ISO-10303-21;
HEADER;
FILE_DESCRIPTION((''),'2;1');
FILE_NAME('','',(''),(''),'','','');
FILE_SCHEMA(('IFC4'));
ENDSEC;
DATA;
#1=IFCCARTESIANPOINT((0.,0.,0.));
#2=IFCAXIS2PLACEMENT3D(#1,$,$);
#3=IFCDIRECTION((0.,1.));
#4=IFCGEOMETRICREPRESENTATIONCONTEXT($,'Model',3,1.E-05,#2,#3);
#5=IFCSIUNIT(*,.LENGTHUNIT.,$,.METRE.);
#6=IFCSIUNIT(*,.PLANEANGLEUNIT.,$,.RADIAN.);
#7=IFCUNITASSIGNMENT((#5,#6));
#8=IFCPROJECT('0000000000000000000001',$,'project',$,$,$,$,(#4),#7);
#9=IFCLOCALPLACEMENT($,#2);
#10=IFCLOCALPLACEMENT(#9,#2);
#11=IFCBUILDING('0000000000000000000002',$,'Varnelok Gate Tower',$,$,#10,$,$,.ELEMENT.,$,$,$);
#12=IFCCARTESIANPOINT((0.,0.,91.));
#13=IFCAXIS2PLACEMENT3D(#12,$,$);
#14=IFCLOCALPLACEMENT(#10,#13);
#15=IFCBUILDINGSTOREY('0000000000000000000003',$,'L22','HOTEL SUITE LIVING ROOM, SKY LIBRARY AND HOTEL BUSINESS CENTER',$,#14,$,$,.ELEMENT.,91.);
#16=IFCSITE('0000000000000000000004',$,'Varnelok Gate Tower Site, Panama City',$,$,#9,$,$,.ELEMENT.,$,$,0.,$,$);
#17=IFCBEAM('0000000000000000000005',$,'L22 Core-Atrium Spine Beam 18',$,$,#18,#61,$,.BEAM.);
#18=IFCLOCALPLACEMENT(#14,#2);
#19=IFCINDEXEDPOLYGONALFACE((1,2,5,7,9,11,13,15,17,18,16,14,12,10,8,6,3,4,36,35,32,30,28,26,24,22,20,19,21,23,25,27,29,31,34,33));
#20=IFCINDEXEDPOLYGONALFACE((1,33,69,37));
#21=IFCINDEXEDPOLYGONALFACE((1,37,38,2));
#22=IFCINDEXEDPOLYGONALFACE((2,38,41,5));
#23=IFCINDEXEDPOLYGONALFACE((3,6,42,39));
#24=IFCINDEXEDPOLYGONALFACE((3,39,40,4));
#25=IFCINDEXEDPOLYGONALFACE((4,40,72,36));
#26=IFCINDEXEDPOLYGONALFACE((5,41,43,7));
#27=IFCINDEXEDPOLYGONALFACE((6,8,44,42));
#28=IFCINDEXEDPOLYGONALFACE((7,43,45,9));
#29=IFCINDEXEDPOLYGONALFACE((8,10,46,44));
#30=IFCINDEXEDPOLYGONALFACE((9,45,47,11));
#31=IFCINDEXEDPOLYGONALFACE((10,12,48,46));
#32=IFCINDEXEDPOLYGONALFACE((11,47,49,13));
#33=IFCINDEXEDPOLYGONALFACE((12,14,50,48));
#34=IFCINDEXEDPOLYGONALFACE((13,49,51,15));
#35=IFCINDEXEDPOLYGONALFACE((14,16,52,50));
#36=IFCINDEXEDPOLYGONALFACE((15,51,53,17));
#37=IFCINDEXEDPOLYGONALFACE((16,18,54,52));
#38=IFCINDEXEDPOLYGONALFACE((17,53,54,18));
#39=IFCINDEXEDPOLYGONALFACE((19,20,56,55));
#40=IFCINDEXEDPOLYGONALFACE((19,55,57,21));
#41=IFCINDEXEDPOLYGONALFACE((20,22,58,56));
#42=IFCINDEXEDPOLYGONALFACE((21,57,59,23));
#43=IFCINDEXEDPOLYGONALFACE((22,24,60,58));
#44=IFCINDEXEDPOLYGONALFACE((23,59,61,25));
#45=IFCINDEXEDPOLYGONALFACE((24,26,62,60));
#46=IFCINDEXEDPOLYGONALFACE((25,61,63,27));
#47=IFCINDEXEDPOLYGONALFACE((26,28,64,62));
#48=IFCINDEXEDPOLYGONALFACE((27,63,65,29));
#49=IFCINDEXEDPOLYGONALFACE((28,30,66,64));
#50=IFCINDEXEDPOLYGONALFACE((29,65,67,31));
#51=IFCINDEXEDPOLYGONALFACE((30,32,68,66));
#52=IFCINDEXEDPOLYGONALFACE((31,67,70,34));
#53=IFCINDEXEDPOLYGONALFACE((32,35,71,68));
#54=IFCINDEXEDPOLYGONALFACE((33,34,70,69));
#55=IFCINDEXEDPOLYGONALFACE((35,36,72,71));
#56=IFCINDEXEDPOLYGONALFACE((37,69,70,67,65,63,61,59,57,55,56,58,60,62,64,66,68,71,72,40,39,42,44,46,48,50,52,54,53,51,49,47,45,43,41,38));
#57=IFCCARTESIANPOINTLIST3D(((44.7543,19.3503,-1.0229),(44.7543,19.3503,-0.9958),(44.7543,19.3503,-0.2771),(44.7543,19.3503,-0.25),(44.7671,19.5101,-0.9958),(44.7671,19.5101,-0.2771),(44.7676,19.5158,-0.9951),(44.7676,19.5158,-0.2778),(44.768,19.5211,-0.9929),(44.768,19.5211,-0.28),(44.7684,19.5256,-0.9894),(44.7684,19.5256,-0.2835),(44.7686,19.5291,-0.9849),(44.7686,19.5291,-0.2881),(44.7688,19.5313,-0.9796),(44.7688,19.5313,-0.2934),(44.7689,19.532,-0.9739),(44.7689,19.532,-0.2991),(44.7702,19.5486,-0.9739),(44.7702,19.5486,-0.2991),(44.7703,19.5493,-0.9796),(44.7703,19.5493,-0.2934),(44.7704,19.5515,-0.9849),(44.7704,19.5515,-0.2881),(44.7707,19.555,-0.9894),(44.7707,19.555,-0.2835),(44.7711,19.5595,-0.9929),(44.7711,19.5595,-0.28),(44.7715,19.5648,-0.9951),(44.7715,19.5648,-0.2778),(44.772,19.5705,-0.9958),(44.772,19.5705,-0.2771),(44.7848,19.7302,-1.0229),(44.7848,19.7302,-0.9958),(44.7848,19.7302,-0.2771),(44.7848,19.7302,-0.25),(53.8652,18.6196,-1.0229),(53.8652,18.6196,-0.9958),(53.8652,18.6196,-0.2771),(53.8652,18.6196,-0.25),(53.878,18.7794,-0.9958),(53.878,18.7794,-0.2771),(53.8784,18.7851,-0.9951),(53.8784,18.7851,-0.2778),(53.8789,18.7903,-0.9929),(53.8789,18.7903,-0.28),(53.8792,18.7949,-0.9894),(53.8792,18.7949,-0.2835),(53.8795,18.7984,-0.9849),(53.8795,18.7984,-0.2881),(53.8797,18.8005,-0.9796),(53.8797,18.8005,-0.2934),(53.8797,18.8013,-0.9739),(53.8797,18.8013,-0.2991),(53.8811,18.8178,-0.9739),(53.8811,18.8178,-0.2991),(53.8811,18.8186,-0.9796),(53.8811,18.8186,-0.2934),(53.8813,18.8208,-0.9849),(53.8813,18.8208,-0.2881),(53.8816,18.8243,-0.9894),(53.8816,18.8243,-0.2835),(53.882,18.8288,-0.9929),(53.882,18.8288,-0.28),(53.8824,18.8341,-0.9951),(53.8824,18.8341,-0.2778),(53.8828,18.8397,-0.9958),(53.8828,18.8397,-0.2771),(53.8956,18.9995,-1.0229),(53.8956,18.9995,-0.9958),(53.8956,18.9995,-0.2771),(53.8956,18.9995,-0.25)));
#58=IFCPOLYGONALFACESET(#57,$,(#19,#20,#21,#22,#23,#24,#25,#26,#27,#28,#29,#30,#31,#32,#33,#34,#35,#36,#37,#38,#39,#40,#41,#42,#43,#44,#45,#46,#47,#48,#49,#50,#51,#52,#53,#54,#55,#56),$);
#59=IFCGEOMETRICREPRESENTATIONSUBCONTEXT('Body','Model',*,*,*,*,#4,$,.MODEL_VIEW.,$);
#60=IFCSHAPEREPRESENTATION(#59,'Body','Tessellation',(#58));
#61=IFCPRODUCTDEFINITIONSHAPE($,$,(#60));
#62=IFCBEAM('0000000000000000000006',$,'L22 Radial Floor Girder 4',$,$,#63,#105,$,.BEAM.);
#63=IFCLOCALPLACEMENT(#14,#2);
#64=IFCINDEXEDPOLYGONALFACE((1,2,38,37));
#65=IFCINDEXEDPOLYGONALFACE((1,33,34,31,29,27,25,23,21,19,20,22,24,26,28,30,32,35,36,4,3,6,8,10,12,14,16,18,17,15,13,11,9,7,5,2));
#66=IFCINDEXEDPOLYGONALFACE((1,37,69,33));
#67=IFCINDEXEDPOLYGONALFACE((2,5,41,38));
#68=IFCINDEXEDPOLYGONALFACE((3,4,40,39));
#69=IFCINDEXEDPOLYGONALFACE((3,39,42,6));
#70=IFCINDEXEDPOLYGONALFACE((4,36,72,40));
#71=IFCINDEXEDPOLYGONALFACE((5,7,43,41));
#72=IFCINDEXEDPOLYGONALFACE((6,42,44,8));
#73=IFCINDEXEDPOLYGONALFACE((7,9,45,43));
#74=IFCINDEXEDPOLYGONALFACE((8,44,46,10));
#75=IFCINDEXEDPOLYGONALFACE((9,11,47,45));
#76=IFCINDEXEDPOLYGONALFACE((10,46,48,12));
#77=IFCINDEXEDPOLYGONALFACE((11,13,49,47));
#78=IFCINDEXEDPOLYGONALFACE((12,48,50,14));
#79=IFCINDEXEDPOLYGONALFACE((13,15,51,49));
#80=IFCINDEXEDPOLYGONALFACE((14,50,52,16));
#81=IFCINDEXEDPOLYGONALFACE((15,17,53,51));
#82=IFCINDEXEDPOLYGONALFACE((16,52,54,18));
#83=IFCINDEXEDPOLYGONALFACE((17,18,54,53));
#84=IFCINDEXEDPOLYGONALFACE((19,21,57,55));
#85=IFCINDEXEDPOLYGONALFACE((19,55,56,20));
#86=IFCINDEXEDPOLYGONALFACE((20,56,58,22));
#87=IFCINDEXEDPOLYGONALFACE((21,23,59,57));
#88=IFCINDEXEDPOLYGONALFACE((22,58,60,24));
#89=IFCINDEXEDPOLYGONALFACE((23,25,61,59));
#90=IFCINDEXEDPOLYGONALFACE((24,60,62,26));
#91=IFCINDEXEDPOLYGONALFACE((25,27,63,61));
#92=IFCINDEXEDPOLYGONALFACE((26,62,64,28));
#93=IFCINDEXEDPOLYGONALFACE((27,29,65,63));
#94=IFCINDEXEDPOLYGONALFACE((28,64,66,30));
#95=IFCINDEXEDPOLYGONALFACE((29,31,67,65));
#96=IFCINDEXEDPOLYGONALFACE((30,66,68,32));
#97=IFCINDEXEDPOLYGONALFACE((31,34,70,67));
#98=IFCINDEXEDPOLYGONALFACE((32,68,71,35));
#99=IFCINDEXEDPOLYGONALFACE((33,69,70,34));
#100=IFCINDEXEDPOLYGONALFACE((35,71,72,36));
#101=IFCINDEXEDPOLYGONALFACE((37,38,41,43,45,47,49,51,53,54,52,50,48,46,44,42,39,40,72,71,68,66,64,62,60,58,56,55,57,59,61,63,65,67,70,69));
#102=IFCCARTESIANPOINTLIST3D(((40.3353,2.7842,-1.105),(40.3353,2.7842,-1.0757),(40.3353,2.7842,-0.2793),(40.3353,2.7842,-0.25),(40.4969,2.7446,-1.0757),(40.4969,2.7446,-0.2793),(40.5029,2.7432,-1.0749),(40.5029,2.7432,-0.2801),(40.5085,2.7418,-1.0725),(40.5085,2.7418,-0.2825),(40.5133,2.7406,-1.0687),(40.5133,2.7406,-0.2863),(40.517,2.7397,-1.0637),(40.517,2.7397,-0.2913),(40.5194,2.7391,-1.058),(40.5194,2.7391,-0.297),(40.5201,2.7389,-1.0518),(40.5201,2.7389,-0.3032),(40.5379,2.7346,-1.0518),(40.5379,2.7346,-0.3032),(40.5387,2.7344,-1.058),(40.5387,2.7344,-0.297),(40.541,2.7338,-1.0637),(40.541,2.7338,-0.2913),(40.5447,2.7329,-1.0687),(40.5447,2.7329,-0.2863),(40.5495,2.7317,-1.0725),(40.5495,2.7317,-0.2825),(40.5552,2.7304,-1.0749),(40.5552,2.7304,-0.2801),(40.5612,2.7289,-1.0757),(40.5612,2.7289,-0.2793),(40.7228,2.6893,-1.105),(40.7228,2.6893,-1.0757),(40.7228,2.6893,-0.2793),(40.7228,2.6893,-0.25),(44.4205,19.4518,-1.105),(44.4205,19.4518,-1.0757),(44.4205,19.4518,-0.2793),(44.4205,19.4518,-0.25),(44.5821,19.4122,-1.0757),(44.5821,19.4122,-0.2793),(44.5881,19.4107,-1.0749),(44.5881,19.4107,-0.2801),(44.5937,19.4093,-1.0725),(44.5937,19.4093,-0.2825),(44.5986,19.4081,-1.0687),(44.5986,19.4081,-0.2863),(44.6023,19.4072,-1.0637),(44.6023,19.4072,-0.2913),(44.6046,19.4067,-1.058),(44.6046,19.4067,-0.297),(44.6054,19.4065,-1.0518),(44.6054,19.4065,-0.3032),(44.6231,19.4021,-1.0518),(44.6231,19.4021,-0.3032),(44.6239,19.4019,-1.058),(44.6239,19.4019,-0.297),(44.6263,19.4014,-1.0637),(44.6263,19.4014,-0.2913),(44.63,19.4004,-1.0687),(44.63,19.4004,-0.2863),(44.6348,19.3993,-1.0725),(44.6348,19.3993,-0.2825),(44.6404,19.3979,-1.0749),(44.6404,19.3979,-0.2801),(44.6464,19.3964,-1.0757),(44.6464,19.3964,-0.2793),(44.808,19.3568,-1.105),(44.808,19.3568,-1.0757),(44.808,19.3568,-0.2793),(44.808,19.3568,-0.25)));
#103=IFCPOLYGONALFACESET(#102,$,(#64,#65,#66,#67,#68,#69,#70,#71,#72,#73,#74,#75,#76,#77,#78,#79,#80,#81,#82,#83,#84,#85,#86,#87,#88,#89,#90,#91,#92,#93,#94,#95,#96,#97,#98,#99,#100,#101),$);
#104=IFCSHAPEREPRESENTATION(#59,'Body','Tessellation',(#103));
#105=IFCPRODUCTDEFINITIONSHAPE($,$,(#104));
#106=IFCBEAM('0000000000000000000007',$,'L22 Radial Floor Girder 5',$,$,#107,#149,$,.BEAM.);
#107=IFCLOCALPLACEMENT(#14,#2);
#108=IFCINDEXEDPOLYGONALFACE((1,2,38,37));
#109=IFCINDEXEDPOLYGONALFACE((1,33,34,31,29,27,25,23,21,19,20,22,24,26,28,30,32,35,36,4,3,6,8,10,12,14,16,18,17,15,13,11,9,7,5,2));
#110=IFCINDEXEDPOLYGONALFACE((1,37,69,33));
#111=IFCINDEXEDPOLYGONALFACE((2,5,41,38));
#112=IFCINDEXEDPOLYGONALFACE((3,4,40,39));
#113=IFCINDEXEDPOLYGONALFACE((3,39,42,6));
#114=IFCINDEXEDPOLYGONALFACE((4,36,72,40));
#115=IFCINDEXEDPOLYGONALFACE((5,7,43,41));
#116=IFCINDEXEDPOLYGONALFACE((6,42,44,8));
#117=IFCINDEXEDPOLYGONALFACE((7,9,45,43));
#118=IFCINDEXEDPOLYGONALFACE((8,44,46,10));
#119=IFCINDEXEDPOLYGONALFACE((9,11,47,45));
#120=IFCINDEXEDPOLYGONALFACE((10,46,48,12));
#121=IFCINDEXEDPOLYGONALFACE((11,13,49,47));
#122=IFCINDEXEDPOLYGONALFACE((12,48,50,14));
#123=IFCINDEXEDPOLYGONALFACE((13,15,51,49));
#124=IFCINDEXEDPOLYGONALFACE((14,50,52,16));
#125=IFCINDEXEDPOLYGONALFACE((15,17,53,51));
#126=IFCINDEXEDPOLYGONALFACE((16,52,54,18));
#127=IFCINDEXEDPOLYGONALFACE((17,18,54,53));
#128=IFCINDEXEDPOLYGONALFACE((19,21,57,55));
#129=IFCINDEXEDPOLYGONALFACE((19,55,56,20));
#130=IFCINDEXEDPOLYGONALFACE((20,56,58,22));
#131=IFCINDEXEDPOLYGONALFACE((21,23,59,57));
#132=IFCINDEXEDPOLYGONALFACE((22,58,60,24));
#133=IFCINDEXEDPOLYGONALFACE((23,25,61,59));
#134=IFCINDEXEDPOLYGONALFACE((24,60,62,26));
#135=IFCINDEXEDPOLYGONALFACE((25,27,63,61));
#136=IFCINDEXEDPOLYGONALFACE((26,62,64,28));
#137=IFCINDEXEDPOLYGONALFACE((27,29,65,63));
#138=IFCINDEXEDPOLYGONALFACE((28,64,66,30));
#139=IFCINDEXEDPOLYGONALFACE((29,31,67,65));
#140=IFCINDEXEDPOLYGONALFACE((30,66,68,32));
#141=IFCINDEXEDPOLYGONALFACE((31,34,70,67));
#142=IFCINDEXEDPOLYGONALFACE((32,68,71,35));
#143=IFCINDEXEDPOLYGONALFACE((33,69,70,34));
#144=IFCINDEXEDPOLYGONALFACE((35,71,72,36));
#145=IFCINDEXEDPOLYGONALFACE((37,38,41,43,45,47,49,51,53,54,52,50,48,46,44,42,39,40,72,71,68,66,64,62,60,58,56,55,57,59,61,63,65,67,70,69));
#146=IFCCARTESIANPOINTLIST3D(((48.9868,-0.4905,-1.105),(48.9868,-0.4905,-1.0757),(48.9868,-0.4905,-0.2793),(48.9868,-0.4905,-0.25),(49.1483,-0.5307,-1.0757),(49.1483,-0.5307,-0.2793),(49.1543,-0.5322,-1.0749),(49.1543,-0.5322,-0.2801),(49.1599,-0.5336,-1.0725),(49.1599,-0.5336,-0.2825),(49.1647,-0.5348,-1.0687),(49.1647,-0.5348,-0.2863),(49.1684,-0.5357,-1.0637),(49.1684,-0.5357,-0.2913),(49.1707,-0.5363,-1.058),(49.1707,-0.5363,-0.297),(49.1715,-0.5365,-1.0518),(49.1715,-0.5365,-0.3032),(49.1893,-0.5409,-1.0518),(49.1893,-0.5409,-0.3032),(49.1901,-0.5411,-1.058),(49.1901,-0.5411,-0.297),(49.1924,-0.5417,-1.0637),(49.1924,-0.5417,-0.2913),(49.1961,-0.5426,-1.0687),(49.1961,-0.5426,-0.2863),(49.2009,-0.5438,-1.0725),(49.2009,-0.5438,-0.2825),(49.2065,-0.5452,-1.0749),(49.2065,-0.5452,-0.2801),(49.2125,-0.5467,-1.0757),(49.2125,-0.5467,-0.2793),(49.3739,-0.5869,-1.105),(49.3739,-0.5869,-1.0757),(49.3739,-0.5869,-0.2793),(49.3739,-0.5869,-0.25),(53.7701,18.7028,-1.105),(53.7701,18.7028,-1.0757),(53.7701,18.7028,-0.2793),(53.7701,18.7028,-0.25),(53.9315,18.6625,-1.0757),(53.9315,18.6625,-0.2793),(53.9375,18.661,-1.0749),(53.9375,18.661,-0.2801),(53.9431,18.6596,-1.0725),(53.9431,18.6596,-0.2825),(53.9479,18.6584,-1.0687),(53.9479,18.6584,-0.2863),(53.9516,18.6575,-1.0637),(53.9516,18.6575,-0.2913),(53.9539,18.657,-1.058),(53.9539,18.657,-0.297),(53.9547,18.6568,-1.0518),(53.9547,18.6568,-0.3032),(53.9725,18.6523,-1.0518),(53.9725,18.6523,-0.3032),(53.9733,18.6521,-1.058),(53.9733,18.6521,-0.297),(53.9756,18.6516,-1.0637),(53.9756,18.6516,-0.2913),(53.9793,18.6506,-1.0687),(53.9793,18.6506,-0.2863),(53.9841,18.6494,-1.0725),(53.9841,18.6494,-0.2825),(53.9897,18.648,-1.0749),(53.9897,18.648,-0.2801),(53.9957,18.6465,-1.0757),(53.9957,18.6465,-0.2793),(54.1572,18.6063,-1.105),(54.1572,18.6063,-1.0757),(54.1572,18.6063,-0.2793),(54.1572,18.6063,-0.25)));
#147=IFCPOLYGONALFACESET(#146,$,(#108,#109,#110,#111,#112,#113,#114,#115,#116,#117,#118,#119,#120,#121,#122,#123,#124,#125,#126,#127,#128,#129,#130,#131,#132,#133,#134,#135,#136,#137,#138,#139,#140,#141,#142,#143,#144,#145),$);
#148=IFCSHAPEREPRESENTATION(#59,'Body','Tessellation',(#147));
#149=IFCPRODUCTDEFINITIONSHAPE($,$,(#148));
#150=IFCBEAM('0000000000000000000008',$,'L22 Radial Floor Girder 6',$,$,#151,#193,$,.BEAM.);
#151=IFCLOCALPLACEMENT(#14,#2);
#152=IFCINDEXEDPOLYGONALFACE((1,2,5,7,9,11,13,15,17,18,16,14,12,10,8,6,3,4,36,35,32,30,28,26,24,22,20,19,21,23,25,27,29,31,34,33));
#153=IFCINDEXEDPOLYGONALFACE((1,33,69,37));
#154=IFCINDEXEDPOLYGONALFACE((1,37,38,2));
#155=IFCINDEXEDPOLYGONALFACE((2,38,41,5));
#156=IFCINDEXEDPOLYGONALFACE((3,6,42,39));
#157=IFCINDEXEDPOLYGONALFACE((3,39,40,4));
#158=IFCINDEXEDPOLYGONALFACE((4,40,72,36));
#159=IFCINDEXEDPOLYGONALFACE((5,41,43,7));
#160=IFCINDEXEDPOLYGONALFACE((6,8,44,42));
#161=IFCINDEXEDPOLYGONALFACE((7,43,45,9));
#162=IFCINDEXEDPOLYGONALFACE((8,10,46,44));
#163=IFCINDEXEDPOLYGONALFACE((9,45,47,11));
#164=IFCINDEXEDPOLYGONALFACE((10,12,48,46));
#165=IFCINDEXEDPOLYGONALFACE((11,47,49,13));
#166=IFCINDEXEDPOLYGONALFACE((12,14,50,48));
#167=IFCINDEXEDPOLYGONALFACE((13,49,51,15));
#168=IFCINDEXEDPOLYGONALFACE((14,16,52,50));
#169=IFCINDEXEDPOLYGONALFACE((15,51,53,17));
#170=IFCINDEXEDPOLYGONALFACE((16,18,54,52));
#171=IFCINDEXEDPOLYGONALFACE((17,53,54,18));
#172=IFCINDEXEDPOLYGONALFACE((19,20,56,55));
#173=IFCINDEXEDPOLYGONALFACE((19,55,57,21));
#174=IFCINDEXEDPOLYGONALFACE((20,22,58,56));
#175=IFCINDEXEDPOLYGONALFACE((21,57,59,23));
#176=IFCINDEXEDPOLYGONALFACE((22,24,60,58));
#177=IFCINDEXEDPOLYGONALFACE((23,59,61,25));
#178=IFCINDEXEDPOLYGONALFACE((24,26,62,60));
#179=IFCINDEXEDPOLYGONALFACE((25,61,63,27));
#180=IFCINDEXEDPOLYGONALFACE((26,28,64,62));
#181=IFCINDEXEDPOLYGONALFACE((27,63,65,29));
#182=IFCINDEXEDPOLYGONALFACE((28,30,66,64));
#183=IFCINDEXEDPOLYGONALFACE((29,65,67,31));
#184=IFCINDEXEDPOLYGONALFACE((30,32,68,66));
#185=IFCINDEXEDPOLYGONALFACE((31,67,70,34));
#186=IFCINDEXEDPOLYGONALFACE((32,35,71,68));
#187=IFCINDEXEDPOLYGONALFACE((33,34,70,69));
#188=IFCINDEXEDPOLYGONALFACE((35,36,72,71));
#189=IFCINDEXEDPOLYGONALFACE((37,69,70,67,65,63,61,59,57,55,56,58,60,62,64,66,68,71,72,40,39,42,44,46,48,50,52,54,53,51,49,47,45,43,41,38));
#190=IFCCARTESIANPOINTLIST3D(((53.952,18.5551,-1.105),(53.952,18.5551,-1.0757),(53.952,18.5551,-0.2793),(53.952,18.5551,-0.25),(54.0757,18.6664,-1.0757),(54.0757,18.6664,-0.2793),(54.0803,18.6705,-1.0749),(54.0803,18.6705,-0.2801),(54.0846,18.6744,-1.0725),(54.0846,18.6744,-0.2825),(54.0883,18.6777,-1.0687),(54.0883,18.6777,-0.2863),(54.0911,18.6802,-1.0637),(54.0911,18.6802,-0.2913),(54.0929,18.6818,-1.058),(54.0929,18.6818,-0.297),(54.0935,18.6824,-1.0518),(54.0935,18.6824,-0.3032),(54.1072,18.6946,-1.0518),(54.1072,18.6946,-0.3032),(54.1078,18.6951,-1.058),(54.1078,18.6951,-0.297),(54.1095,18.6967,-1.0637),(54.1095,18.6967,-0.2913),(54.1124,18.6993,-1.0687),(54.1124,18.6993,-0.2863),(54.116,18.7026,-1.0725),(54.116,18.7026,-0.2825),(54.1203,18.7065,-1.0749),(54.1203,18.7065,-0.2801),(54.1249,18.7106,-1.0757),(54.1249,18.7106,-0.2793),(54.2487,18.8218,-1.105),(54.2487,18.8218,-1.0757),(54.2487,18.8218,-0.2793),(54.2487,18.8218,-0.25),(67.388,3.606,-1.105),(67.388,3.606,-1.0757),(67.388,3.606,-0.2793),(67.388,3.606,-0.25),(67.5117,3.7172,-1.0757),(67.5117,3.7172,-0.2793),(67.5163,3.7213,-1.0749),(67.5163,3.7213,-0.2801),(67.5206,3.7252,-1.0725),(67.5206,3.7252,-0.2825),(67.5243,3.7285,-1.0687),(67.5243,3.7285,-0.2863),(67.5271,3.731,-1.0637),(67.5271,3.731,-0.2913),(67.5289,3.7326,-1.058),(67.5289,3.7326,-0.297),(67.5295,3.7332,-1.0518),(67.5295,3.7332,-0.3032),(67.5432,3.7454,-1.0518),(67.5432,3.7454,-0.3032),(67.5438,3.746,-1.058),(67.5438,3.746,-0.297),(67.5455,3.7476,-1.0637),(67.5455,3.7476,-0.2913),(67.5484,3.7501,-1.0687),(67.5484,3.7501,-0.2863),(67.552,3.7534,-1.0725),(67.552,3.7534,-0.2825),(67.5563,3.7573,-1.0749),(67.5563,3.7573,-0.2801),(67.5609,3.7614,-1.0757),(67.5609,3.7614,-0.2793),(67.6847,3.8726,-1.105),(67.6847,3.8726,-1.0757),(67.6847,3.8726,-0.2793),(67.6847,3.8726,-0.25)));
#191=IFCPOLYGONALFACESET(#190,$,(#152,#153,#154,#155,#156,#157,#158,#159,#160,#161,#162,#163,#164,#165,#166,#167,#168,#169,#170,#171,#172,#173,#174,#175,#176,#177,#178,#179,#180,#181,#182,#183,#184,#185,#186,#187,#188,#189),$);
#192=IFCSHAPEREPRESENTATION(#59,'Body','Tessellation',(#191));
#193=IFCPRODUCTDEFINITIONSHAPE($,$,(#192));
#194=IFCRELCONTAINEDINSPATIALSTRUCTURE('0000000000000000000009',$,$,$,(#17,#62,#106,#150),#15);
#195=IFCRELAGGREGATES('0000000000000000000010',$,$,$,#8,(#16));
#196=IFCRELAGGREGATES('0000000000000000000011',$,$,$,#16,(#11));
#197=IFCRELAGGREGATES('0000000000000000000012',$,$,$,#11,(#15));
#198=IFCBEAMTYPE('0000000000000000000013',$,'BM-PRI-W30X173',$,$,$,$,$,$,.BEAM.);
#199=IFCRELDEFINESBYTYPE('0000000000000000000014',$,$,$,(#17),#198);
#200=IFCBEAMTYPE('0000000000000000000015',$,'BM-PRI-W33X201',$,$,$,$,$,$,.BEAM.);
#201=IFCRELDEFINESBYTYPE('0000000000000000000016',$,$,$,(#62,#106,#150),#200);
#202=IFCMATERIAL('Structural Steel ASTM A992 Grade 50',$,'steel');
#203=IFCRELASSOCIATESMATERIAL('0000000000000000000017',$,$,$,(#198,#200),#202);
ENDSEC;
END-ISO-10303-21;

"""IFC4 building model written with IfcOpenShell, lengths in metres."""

from ifc_helpers import new_model, si_unit, direction, frame, origin, origin_2d, place, context, subcontext, project, spatial, i_section, extrude, material, material_profile, profile_set, type_object, element, save


model = new_model("IFC4")

# Units and contexts
model_context = context("Model", 3, precision=1e-05, world=origin(), true_north=direction((0.0, 1.0)))
body_context = subcontext(model_context, "Body", "Model", "MODEL_VIEW")
ifc_project = project(units=[si_unit("LENGTHUNIT", "METRE"), si_unit("PLANEANGLEUNIT", "RADIAN")], contexts=[model_context])

# Site, building, storey
site_placement = place(None, origin())
site = spatial("IfcSite", under=ifc_project, at=site_placement, Name="Varnelok Gate Tower Site, Panama City", CompositionType="ELEMENT", RefElevation=0.0)
building_placement = place(site_placement, origin())
building = spatial("IfcBuilding", under=site, at=building_placement, Name="Varnelok Gate Tower", CompositionType="ELEMENT")
storey_placement = place(building_placement, frame((0.0, 0.0, 91.0)))
storey = spatial("IfcBuildingStorey", under=building, at=storey_placement, Name="L22", Description="HOTEL SUITE LIVING ROOM, SKY LIBRARY AND HOTEL BUSINESS CENTER", CompositionType="ELEMENT", Elevation=91.0)

# Shared definitions
ifc_material_1 = material(Name="Structural Steel ASTM A992 Grade 50", Category="steel")

# Beams
ifc_material_profile_1 = material_profile(ifc_material_1, i_section(OverallWidth=0.3811, OverallDepth=0.7729, WebThickness=0.0166, FlangeThickness=0.0271, FilletRadius=0.022, at=origin_2d()), Name="W30X173")
ifc_profile_set_1 = profile_set([ifc_material_profile_1], Name="Structural Steel ASTM A992 Grade 50")
beam_type_1 = type_object("IfcBeamType", Name="BM-PRI-W30X173", PredefinedType="BEAM", material=ifc_profile_set_1)
beam_1_placement = place(storey_placement, frame((44.7695, 19.5403, -0.6365), z_axis=(0.996799, -0.079946, 0.0), x_axis=(0.079946, 0.996799, 0.0)))
element("IfcBeam", 1, at=beam_1_placement, inside=storey, type_object=beam_type_1, Name="L22 Core-Atrium Spine Beam 18", PredefinedType="BEAM", context=body_context, shape_type="SweptSolid", body=[
    extrude(i_section(OverallWidth=0.3811, OverallDepth=0.7729, WebThickness=0.0166, FlangeThickness=0.0271, FilletRadius=0.022, at=origin_2d()), origin(), (0.0, 0.0, 1.0), 9.1401),
])
ifc_material_profile_2 = material_profile(ifc_material_1, i_section(OverallWidth=0.3989, OverallDepth=0.855, WebThickness=0.0183, FlangeThickness=0.0293, FilletRadius=0.0239, at=origin_2d()), Name="W33X201")
ifc_profile_set_2 = profile_set([ifc_material_profile_2], Name="Structural Steel ASTM A992 Grade 50")
beam_type_2 = type_object("IfcBeamType", Name="BM-PRI-W33X201", PredefinedType="BEAM", material=ifc_profile_set_2)
beam_2_placement = place(storey_placement, frame((44.6143, 19.4043, -0.6775), z_axis=(-0.238054, -0.971252, 0.0), x_axis=(0.971252, -0.238054, 0.0)))
element("IfcBeam", 2, at=beam_2_placement, inside=storey, type_object=beam_type_2, Name="L22 Radial Floor Girder 4", PredefinedType="BEAM", context=body_context, shape_type="SweptSolid", body=[
    extrude(i_section(OverallWidth=0.3989, OverallDepth=0.855, WebThickness=0.0183, FlangeThickness=0.0293, FilletRadius=0.0239, at=origin_2d()), origin(), (0.0, 0.0, 1.0), 17.1609),
])
beam_3_placement = place(storey_placement, frame((53.9636, 18.6545, -0.6775), z_axis=(-0.241818, -0.970322, 0.0), x_axis=(0.970322, -0.241818, 0.0)))
element("IfcBeam", 3, at=beam_3_placement, inside=storey, type_object=beam_type_2, Name="L22 Radial Floor Girder 5", PredefinedType="BEAM", context=body_context, shape_type="SweptSolid", body=[
    extrude(i_section(OverallWidth=0.3989, OverallDepth=0.855, WebThickness=0.0183, FlangeThickness=0.0293, FilletRadius=0.0239, at=origin_2d()), origin(), (0.0, 0.0, 1.0), 19.7803),
])
beam_4_placement = place(storey_placement, frame((54.1003, 18.6885, -0.6775), z_axis=(0.668463, -0.743746, 0.0), x_axis=(0.743746, 0.668463, 0.0)))
element("IfcBeam", 4, at=beam_4_placement, inside=storey, type_object=beam_type_2, Name="L22 Radial Floor Girder 6", PredefinedType="BEAM", context=body_context, shape_type="SweptSolid", body=[
    extrude(i_section(OverallWidth=0.3989, OverallDepth=0.855, WebThickness=0.0183, FlangeThickness=0.0293, FilletRadius=0.0239, at=origin_2d()), origin(), (0.0, 0.0, 1.0), 20.0999),
])

save(model, "model.ifc")
